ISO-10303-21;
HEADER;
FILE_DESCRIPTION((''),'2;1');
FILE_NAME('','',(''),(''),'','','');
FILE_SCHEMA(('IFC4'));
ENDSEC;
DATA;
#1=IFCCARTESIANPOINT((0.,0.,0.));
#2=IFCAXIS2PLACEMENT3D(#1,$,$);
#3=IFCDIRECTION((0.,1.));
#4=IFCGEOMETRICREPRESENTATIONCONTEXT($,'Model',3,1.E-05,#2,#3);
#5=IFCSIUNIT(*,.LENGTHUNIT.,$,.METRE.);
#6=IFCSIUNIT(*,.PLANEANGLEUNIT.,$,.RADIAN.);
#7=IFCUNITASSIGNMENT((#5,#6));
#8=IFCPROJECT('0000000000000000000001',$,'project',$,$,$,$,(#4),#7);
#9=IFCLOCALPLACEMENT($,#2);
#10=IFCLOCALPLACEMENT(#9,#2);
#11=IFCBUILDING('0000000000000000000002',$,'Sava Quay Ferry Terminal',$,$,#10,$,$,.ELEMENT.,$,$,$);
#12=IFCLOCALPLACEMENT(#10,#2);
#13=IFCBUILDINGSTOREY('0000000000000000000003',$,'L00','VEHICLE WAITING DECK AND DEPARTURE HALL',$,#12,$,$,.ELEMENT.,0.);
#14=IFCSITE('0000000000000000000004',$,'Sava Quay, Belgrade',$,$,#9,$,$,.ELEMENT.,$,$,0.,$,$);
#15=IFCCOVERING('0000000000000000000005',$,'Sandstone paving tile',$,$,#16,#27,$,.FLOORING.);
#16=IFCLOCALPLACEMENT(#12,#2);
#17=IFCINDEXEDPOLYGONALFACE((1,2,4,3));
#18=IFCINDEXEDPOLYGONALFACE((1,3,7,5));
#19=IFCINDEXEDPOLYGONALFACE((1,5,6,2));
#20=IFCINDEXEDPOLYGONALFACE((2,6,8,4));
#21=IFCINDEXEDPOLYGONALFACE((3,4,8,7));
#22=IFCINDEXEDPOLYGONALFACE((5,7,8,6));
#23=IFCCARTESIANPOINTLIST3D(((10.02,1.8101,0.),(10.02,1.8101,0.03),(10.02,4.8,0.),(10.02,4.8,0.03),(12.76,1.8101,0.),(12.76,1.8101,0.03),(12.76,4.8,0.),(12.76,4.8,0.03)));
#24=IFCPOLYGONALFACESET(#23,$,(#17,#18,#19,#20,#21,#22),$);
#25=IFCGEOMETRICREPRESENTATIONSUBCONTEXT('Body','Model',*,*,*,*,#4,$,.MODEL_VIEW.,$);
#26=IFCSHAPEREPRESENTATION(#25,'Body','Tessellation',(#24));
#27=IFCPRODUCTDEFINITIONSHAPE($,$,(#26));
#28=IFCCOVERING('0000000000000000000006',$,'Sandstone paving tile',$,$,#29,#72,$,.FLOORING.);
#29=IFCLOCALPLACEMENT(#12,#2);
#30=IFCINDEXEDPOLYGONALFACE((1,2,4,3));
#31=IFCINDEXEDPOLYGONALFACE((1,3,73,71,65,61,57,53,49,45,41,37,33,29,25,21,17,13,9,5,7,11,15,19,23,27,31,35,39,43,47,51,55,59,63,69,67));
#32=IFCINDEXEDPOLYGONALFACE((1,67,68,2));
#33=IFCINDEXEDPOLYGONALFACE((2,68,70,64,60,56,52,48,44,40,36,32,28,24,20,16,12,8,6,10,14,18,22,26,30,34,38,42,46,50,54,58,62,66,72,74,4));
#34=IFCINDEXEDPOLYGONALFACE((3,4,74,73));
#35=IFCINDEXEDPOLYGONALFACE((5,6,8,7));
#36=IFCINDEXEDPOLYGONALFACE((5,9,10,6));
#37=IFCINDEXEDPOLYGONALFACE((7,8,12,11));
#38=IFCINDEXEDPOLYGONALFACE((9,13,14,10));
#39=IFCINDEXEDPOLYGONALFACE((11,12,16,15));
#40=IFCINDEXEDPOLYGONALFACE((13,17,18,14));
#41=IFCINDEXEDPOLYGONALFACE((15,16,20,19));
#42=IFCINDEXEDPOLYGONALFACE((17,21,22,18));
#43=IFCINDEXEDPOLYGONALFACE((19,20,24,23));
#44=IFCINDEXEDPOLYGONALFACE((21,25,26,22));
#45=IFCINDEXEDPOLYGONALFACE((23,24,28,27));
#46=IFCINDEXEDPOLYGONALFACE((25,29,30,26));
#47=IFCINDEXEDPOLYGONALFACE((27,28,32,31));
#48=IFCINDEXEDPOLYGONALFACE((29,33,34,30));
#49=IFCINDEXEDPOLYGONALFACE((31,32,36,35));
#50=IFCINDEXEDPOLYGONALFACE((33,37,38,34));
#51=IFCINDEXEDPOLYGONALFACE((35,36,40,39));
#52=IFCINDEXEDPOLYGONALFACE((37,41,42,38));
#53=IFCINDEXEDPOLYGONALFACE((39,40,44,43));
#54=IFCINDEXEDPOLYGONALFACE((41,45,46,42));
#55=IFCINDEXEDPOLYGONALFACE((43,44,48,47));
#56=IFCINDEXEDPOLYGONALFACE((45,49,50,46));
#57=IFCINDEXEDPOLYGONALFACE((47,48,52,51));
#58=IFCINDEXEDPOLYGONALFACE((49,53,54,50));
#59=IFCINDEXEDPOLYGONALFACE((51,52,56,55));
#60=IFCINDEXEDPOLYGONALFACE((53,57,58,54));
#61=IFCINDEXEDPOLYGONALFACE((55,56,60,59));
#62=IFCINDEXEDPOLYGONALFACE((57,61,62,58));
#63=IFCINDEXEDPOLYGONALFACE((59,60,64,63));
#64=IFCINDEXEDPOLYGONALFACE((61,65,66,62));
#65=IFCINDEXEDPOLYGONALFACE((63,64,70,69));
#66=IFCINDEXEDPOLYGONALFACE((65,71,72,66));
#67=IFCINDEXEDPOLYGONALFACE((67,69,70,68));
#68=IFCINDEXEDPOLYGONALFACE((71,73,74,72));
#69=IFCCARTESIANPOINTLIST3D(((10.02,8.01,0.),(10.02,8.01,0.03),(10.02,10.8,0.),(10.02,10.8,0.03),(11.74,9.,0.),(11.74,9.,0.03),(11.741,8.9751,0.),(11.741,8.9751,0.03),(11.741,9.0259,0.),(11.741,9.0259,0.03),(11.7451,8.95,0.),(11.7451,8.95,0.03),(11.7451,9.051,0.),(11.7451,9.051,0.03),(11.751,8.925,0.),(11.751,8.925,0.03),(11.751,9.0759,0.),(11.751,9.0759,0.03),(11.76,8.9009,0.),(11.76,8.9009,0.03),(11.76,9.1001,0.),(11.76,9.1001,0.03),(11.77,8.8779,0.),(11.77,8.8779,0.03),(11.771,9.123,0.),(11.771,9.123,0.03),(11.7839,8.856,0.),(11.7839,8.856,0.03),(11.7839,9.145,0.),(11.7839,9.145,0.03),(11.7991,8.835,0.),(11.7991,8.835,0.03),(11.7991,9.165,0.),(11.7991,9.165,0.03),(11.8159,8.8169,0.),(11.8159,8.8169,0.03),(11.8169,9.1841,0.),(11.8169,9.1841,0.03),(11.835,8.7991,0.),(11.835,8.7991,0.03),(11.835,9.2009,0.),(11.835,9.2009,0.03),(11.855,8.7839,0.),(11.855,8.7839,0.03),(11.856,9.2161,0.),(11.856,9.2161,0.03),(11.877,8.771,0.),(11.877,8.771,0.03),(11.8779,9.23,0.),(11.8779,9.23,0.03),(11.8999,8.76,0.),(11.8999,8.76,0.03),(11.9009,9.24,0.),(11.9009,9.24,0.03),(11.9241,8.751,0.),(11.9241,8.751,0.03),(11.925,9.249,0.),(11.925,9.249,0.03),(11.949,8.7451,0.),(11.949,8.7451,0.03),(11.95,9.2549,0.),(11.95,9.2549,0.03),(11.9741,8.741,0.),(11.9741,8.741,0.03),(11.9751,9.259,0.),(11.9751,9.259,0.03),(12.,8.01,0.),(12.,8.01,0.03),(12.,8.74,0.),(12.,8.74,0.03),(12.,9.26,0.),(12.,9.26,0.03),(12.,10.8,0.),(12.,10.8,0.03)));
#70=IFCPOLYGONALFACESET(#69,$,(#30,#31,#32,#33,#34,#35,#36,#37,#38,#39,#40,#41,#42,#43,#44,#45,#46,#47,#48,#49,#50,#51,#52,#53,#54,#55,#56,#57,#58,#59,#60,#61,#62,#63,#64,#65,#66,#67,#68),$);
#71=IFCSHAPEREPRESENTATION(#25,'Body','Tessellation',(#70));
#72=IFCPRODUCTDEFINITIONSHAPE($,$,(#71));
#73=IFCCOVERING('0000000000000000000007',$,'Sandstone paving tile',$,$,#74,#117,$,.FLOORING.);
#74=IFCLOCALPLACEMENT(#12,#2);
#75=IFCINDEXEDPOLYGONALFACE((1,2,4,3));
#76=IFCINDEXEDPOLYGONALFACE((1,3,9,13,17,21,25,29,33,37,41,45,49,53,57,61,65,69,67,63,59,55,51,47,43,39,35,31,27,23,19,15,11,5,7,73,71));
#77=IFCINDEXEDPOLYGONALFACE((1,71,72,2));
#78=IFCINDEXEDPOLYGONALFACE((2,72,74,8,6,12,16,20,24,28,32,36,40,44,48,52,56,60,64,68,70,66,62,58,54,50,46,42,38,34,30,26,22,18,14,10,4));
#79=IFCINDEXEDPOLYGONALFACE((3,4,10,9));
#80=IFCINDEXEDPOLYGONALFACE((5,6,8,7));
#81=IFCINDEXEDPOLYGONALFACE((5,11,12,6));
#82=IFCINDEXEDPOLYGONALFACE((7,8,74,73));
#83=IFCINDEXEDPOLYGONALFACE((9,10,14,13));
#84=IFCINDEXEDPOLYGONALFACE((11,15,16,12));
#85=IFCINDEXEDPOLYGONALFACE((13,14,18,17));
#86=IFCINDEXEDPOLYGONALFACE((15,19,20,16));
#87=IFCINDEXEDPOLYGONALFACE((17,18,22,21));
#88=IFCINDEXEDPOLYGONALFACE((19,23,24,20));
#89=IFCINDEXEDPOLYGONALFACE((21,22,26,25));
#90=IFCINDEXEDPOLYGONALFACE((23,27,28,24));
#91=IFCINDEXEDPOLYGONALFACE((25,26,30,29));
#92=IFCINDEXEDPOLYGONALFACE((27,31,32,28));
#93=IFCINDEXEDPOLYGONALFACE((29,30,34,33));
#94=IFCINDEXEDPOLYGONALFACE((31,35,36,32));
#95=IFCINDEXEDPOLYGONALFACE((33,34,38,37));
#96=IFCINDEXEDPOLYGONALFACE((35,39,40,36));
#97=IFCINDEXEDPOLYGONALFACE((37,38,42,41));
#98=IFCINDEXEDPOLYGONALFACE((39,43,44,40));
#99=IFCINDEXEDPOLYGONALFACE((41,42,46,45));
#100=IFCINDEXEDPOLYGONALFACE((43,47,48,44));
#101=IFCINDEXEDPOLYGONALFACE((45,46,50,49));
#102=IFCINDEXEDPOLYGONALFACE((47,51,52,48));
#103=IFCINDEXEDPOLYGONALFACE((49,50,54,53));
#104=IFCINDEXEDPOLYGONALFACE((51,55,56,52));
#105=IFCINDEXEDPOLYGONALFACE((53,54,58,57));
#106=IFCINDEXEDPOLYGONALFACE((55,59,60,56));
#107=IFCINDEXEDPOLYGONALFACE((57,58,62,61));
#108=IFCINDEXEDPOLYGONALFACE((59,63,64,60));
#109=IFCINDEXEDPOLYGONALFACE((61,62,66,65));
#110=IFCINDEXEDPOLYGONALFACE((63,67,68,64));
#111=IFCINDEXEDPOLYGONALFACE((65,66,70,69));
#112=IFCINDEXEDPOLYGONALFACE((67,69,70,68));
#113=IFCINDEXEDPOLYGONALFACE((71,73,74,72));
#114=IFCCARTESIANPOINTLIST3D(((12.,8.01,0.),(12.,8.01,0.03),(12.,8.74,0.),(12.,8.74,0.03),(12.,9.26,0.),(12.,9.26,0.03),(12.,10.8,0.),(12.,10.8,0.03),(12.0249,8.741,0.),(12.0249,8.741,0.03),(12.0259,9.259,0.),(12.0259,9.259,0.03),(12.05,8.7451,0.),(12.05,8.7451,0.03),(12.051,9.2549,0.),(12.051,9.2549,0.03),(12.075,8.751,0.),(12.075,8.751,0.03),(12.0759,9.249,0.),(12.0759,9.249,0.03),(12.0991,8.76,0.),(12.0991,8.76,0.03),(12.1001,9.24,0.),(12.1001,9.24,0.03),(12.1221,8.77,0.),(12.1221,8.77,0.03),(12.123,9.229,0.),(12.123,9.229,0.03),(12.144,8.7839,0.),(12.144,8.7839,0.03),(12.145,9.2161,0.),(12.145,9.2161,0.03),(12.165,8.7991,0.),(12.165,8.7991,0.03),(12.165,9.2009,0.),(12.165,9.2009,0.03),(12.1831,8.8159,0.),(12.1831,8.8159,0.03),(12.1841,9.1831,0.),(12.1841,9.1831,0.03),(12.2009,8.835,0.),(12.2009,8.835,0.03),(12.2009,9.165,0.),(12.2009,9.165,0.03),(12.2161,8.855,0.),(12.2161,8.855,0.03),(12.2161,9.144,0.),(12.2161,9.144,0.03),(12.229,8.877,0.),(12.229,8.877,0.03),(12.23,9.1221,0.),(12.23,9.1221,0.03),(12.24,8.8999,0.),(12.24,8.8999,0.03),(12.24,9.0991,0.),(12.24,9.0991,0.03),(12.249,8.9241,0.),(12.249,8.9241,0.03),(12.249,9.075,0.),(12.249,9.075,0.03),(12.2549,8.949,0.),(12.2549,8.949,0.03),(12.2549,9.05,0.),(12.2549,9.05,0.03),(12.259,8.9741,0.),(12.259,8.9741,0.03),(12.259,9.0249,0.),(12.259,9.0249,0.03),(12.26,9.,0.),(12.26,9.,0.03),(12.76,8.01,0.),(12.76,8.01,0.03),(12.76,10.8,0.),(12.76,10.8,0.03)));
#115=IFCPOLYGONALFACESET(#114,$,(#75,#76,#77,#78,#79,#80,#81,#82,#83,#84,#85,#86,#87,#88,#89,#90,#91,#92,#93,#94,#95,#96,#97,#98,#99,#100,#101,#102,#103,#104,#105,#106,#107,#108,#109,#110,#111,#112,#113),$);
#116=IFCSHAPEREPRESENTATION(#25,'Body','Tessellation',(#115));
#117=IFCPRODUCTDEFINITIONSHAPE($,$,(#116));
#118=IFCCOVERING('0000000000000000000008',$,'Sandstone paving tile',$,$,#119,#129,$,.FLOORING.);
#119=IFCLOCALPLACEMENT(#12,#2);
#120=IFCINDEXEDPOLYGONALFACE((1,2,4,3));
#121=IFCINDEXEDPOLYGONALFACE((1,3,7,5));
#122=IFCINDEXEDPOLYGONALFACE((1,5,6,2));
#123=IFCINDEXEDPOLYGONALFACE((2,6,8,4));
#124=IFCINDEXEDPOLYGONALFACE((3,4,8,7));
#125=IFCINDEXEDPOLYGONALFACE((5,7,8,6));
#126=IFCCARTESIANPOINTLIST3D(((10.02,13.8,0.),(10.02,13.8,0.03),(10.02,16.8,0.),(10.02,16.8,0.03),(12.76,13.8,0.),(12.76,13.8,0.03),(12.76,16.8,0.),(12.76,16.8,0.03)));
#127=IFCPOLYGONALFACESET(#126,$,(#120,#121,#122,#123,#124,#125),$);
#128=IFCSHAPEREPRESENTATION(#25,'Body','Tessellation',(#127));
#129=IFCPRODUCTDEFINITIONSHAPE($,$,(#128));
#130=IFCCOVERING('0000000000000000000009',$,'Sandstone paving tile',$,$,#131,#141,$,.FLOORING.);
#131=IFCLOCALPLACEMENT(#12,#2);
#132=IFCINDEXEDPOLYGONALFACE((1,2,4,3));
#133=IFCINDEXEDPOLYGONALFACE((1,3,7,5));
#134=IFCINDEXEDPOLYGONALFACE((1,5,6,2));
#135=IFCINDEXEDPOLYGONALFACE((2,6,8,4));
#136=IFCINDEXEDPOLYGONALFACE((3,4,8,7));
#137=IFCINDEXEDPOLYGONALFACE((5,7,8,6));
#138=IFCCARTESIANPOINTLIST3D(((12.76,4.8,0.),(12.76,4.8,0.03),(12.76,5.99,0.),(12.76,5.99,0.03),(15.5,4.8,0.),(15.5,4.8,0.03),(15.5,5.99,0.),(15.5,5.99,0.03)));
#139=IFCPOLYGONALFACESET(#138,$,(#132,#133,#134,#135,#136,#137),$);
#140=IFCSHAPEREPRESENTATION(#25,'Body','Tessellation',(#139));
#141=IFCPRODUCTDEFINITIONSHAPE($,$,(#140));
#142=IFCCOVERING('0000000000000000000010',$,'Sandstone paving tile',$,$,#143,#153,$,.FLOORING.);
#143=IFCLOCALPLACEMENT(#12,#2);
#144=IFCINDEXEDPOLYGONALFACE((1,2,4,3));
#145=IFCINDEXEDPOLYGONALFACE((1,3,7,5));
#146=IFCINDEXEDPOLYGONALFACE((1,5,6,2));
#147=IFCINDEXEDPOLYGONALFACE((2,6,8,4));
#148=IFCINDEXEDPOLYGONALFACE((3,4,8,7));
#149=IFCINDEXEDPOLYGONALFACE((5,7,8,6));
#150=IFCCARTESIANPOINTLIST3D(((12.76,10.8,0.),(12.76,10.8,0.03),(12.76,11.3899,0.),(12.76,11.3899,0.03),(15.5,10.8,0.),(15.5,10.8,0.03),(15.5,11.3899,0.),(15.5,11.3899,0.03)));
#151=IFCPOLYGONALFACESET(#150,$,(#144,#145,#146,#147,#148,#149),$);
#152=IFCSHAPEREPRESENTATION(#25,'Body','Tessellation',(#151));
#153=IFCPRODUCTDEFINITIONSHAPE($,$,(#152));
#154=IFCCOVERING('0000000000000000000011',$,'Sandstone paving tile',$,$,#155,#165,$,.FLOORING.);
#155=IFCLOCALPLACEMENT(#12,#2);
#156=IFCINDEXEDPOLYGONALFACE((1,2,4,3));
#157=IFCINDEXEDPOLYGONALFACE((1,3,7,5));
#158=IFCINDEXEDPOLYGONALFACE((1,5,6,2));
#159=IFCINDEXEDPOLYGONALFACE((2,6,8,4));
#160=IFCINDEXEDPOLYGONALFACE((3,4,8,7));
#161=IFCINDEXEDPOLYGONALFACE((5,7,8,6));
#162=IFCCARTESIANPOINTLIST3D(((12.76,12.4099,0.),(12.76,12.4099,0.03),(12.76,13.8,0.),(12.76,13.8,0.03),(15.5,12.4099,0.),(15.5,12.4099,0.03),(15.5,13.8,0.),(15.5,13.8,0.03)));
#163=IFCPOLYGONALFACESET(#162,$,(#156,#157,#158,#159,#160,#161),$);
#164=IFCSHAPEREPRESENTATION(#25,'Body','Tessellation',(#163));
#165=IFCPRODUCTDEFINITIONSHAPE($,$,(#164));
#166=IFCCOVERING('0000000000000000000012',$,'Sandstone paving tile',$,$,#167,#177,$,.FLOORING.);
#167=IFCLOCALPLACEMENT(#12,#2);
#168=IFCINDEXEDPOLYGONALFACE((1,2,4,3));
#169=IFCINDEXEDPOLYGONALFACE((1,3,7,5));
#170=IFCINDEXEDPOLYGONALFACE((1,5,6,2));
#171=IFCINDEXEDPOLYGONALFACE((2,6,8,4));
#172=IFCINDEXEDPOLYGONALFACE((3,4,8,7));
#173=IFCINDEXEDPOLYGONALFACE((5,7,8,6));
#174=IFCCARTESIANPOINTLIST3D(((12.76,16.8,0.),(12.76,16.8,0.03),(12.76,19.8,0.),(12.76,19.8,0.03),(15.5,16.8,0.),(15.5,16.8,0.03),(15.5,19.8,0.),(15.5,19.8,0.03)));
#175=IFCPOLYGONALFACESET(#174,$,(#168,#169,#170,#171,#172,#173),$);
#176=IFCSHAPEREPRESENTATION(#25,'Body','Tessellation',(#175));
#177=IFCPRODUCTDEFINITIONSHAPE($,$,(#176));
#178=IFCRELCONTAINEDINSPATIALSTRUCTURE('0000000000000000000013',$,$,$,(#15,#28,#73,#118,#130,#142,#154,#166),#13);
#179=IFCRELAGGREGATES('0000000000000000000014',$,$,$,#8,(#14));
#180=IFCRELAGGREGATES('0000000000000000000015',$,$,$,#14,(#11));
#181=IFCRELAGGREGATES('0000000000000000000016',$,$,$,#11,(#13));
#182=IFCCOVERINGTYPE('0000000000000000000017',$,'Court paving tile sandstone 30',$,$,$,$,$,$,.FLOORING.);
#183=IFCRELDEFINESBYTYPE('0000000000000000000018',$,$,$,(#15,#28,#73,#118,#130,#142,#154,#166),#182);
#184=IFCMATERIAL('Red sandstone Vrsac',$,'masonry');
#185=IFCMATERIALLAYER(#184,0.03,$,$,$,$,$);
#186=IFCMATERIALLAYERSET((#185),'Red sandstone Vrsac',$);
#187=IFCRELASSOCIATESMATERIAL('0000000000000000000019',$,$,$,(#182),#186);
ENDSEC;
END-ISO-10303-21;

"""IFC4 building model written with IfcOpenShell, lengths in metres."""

from ifc_helpers import new_model, si_unit, direction, origin, place, context, subcontext, project, spatial, polyline, outline, extrude, material, layer, layer_set, type_object, element, save


model = new_model("IFC4")

# Units and contexts
model_context = context("Model", 3, precision=1e-05, world=origin(), true_north=direction((0.0, 1.0)))
body_context = subcontext(model_context, "Body", "Model", "MODEL_VIEW")
ifc_project = project(units=[si_unit("LENGTHUNIT", "METRE"), si_unit("PLANEANGLEUNIT", "RADIAN")], contexts=[model_context])

# Site, building, storey
site_placement = place(None, origin())
site = spatial("IfcSite", under=ifc_project, at=site_placement, Name="Sava Quay, Belgrade", CompositionType="ELEMENT", RefElevation=0.0)
building_placement = place(site_placement, origin())
building = spatial("IfcBuilding", under=site, at=building_placement, Name="Sava Quay Ferry Terminal", CompositionType="ELEMENT")
storey_placement = place(building_placement, origin())
storey = spatial("IfcBuildingStorey", under=building, at=storey_placement, Name="L00", Description="VEHICLE WAITING DECK AND DEPARTURE HALL", CompositionType="ELEMENT", Elevation=0.0)

# Coverings
ifc_material_1 = material(Name="Red sandstone Vrsac", Category="masonry")
ifc_layer_1 = layer(ifc_material_1, 0.03)
ifc_layer_set_1 = layer_set([ifc_layer_1], Name="Red sandstone Vrsac")
covering_type_1 = type_object("IfcCoveringType", Name="Court paving tile sandstone 30", PredefinedType="FLOORING", material=ifc_layer_set_1)
covering_1_placement = place(storey_placement, origin())
element("IfcCovering", 1, at=covering_1_placement, inside=storey, type_object=covering_type_1, Name="Sandstone paving tile", PredefinedType="FLOORING", context=body_context, shape_type="SweptSolid", body=[
    extrude(outline(polyline([(10.02, 4.8), (10.02, 1.8101), (12.76, 1.8101), (12.76, 4.8), (10.02, 4.8)])), origin(), (0.0, 0.0, 1.0), 0.03),
])
covering_2_placement = place(storey_placement, origin())
element("IfcCovering", 2, at=covering_2_placement, inside=storey, type_object=covering_type_1, Name="Sandstone paving tile", PredefinedType="FLOORING", context=body_context, shape_type="SweptSolid", body=[
    extrude(outline(polyline([(12.0, 10.8), (10.02, 10.8), (10.02, 8.01), (12.0, 8.01), (12.0, 8.74), (11.9741, 8.741), (11.949, 8.7451), (11.9241, 8.751), (11.8999, 8.76), (11.877, 8.771), (11.855, 8.7839), (11.835, 8.7991), (11.8159, 8.8169), (11.7991, 8.835), (11.7839, 8.856), (11.77, 8.8779), (11.76, 8.9009), (11.751, 8.925), (11.7451, 8.95), (11.741, 8.9751), (11.74, 9.0), (11.741, 9.0259), (11.7451, 9.051), (11.751, 9.0759), (11.76, 9.1001), (11.771, 9.123), (11.7839, 9.145), (11.7991, 9.165), (11.8169, 9.1841), (11.835, 9.2009), (11.856, 9.2161), (11.8779, 9.23), (11.9009, 9.24), (11.925, 9.249), (11.95, 9.2549), (11.9751, 9.259), (12.0, 9.26), (12.0, 10.8)])), origin(), (0.0, 0.0, 1.0), 0.03),
])
covering_3_placement = place(storey_placement, origin())
element("IfcCovering", 3, at=covering_3_placement, inside=storey, type_object=covering_type_1, Name="Sandstone paving tile", PredefinedType="FLOORING", context=body_context, shape_type="SweptSolid", body=[
    extrude(outline(polyline([(12.76, 10.8), (12.0, 10.8), (12.0, 9.26), (12.0259, 9.259), (12.051, 9.2549), (12.0759, 9.249), (12.1001, 9.24), (12.123, 9.229), (12.145, 9.2161), (12.165, 9.2009), (12.1841, 9.1831), (12.2009, 9.165), (12.2161, 9.144), (12.23, 9.1221), (12.24, 9.0991), (12.249, 9.075), (12.2549, 9.05), (12.259, 9.0249), (12.26, 9.0), (12.259, 8.9741), (12.2549, 8.949), (12.249, 8.9241), (12.24, 8.8999), (12.229, 8.877), (12.2161, 8.855), (12.2009, 8.835), (12.1831, 8.8159), (12.165, 8.7991), (12.144, 8.7839), (12.1221, 8.77), (12.0991, 8.76), (12.075, 8.751), (12.05, 8.7451), (12.0249, 8.741), (12.0, 8.74), (12.0, 8.01), (12.76, 8.01), (12.76, 10.8)])), origin(), (0.0, 0.0, 1.0), 0.03),
])
covering_4_placement = place(storey_placement, origin())
element("IfcCovering", 4, at=covering_4_placement, inside=storey, type_object=covering_type_1, Name="Sandstone paving tile", PredefinedType="FLOORING", context=body_context, shape_type="SweptSolid", body=[
    extrude(outline(polyline([(10.02, 13.8), (12.76, 13.8), (12.76, 16.8), (10.02, 16.8), (10.02, 13.8)])), origin(), (0.0, 0.0, 1.0), 0.03),
])
covering_5_placement = place(storey_placement, origin())
element("IfcCovering", 5, at=covering_5_placement, inside=storey, type_object=covering_type_1, Name="Sandstone paving tile", PredefinedType="FLOORING", context=body_context, shape_type="SweptSolid", body=[
    extrude(outline(polyline([(15.5, 4.8), (15.5, 5.99), (12.76, 5.99), (12.76, 4.8), (15.5, 4.8)])), origin(), (0.0, 0.0, 1.0), 0.03),
])
covering_6_placement = place(storey_placement, origin())
element("IfcCovering", 6, at=covering_6_placement, inside=storey, type_object=covering_type_1, Name="Sandstone paving tile", PredefinedType="FLOORING", context=body_context, shape_type="SweptSolid", body=[
    extrude(outline(polyline([(15.5, 10.8), (15.5, 11.3899), (12.76, 11.3899), (12.76, 10.8), (15.5, 10.8)])), origin(), (0.0, 0.0, 1.0), 0.03),
])
covering_7_placement = place(storey_placement, origin())
element("IfcCovering", 7, at=covering_7_placement, inside=storey, type_object=covering_type_1, Name="Sandstone paving tile", PredefinedType="FLOORING", context=body_context, shape_type="SweptSolid", body=[
    extrude(outline(polyline([(12.76, 13.8), (12.76, 12.4099), (15.5, 12.4099), (15.5, 13.8), (12.76, 13.8)])), origin(), (0.0, 0.0, 1.0), 0.03),
])
covering_8_placement = place(storey_placement, origin())
element("IfcCovering", 8, at=covering_8_placement, inside=storey, type_object=covering_type_1, Name="Sandstone paving tile", PredefinedType="FLOORING", context=body_context, shape_type="SweptSolid", body=[
    extrude(outline(polyline([(15.5, 16.8), (15.5, 19.8), (12.76, 19.8), (12.76, 16.8), (15.5, 16.8)])), origin(), (0.0, 0.0, 1.0), 0.03),
])

save(model, "model.ifc")
